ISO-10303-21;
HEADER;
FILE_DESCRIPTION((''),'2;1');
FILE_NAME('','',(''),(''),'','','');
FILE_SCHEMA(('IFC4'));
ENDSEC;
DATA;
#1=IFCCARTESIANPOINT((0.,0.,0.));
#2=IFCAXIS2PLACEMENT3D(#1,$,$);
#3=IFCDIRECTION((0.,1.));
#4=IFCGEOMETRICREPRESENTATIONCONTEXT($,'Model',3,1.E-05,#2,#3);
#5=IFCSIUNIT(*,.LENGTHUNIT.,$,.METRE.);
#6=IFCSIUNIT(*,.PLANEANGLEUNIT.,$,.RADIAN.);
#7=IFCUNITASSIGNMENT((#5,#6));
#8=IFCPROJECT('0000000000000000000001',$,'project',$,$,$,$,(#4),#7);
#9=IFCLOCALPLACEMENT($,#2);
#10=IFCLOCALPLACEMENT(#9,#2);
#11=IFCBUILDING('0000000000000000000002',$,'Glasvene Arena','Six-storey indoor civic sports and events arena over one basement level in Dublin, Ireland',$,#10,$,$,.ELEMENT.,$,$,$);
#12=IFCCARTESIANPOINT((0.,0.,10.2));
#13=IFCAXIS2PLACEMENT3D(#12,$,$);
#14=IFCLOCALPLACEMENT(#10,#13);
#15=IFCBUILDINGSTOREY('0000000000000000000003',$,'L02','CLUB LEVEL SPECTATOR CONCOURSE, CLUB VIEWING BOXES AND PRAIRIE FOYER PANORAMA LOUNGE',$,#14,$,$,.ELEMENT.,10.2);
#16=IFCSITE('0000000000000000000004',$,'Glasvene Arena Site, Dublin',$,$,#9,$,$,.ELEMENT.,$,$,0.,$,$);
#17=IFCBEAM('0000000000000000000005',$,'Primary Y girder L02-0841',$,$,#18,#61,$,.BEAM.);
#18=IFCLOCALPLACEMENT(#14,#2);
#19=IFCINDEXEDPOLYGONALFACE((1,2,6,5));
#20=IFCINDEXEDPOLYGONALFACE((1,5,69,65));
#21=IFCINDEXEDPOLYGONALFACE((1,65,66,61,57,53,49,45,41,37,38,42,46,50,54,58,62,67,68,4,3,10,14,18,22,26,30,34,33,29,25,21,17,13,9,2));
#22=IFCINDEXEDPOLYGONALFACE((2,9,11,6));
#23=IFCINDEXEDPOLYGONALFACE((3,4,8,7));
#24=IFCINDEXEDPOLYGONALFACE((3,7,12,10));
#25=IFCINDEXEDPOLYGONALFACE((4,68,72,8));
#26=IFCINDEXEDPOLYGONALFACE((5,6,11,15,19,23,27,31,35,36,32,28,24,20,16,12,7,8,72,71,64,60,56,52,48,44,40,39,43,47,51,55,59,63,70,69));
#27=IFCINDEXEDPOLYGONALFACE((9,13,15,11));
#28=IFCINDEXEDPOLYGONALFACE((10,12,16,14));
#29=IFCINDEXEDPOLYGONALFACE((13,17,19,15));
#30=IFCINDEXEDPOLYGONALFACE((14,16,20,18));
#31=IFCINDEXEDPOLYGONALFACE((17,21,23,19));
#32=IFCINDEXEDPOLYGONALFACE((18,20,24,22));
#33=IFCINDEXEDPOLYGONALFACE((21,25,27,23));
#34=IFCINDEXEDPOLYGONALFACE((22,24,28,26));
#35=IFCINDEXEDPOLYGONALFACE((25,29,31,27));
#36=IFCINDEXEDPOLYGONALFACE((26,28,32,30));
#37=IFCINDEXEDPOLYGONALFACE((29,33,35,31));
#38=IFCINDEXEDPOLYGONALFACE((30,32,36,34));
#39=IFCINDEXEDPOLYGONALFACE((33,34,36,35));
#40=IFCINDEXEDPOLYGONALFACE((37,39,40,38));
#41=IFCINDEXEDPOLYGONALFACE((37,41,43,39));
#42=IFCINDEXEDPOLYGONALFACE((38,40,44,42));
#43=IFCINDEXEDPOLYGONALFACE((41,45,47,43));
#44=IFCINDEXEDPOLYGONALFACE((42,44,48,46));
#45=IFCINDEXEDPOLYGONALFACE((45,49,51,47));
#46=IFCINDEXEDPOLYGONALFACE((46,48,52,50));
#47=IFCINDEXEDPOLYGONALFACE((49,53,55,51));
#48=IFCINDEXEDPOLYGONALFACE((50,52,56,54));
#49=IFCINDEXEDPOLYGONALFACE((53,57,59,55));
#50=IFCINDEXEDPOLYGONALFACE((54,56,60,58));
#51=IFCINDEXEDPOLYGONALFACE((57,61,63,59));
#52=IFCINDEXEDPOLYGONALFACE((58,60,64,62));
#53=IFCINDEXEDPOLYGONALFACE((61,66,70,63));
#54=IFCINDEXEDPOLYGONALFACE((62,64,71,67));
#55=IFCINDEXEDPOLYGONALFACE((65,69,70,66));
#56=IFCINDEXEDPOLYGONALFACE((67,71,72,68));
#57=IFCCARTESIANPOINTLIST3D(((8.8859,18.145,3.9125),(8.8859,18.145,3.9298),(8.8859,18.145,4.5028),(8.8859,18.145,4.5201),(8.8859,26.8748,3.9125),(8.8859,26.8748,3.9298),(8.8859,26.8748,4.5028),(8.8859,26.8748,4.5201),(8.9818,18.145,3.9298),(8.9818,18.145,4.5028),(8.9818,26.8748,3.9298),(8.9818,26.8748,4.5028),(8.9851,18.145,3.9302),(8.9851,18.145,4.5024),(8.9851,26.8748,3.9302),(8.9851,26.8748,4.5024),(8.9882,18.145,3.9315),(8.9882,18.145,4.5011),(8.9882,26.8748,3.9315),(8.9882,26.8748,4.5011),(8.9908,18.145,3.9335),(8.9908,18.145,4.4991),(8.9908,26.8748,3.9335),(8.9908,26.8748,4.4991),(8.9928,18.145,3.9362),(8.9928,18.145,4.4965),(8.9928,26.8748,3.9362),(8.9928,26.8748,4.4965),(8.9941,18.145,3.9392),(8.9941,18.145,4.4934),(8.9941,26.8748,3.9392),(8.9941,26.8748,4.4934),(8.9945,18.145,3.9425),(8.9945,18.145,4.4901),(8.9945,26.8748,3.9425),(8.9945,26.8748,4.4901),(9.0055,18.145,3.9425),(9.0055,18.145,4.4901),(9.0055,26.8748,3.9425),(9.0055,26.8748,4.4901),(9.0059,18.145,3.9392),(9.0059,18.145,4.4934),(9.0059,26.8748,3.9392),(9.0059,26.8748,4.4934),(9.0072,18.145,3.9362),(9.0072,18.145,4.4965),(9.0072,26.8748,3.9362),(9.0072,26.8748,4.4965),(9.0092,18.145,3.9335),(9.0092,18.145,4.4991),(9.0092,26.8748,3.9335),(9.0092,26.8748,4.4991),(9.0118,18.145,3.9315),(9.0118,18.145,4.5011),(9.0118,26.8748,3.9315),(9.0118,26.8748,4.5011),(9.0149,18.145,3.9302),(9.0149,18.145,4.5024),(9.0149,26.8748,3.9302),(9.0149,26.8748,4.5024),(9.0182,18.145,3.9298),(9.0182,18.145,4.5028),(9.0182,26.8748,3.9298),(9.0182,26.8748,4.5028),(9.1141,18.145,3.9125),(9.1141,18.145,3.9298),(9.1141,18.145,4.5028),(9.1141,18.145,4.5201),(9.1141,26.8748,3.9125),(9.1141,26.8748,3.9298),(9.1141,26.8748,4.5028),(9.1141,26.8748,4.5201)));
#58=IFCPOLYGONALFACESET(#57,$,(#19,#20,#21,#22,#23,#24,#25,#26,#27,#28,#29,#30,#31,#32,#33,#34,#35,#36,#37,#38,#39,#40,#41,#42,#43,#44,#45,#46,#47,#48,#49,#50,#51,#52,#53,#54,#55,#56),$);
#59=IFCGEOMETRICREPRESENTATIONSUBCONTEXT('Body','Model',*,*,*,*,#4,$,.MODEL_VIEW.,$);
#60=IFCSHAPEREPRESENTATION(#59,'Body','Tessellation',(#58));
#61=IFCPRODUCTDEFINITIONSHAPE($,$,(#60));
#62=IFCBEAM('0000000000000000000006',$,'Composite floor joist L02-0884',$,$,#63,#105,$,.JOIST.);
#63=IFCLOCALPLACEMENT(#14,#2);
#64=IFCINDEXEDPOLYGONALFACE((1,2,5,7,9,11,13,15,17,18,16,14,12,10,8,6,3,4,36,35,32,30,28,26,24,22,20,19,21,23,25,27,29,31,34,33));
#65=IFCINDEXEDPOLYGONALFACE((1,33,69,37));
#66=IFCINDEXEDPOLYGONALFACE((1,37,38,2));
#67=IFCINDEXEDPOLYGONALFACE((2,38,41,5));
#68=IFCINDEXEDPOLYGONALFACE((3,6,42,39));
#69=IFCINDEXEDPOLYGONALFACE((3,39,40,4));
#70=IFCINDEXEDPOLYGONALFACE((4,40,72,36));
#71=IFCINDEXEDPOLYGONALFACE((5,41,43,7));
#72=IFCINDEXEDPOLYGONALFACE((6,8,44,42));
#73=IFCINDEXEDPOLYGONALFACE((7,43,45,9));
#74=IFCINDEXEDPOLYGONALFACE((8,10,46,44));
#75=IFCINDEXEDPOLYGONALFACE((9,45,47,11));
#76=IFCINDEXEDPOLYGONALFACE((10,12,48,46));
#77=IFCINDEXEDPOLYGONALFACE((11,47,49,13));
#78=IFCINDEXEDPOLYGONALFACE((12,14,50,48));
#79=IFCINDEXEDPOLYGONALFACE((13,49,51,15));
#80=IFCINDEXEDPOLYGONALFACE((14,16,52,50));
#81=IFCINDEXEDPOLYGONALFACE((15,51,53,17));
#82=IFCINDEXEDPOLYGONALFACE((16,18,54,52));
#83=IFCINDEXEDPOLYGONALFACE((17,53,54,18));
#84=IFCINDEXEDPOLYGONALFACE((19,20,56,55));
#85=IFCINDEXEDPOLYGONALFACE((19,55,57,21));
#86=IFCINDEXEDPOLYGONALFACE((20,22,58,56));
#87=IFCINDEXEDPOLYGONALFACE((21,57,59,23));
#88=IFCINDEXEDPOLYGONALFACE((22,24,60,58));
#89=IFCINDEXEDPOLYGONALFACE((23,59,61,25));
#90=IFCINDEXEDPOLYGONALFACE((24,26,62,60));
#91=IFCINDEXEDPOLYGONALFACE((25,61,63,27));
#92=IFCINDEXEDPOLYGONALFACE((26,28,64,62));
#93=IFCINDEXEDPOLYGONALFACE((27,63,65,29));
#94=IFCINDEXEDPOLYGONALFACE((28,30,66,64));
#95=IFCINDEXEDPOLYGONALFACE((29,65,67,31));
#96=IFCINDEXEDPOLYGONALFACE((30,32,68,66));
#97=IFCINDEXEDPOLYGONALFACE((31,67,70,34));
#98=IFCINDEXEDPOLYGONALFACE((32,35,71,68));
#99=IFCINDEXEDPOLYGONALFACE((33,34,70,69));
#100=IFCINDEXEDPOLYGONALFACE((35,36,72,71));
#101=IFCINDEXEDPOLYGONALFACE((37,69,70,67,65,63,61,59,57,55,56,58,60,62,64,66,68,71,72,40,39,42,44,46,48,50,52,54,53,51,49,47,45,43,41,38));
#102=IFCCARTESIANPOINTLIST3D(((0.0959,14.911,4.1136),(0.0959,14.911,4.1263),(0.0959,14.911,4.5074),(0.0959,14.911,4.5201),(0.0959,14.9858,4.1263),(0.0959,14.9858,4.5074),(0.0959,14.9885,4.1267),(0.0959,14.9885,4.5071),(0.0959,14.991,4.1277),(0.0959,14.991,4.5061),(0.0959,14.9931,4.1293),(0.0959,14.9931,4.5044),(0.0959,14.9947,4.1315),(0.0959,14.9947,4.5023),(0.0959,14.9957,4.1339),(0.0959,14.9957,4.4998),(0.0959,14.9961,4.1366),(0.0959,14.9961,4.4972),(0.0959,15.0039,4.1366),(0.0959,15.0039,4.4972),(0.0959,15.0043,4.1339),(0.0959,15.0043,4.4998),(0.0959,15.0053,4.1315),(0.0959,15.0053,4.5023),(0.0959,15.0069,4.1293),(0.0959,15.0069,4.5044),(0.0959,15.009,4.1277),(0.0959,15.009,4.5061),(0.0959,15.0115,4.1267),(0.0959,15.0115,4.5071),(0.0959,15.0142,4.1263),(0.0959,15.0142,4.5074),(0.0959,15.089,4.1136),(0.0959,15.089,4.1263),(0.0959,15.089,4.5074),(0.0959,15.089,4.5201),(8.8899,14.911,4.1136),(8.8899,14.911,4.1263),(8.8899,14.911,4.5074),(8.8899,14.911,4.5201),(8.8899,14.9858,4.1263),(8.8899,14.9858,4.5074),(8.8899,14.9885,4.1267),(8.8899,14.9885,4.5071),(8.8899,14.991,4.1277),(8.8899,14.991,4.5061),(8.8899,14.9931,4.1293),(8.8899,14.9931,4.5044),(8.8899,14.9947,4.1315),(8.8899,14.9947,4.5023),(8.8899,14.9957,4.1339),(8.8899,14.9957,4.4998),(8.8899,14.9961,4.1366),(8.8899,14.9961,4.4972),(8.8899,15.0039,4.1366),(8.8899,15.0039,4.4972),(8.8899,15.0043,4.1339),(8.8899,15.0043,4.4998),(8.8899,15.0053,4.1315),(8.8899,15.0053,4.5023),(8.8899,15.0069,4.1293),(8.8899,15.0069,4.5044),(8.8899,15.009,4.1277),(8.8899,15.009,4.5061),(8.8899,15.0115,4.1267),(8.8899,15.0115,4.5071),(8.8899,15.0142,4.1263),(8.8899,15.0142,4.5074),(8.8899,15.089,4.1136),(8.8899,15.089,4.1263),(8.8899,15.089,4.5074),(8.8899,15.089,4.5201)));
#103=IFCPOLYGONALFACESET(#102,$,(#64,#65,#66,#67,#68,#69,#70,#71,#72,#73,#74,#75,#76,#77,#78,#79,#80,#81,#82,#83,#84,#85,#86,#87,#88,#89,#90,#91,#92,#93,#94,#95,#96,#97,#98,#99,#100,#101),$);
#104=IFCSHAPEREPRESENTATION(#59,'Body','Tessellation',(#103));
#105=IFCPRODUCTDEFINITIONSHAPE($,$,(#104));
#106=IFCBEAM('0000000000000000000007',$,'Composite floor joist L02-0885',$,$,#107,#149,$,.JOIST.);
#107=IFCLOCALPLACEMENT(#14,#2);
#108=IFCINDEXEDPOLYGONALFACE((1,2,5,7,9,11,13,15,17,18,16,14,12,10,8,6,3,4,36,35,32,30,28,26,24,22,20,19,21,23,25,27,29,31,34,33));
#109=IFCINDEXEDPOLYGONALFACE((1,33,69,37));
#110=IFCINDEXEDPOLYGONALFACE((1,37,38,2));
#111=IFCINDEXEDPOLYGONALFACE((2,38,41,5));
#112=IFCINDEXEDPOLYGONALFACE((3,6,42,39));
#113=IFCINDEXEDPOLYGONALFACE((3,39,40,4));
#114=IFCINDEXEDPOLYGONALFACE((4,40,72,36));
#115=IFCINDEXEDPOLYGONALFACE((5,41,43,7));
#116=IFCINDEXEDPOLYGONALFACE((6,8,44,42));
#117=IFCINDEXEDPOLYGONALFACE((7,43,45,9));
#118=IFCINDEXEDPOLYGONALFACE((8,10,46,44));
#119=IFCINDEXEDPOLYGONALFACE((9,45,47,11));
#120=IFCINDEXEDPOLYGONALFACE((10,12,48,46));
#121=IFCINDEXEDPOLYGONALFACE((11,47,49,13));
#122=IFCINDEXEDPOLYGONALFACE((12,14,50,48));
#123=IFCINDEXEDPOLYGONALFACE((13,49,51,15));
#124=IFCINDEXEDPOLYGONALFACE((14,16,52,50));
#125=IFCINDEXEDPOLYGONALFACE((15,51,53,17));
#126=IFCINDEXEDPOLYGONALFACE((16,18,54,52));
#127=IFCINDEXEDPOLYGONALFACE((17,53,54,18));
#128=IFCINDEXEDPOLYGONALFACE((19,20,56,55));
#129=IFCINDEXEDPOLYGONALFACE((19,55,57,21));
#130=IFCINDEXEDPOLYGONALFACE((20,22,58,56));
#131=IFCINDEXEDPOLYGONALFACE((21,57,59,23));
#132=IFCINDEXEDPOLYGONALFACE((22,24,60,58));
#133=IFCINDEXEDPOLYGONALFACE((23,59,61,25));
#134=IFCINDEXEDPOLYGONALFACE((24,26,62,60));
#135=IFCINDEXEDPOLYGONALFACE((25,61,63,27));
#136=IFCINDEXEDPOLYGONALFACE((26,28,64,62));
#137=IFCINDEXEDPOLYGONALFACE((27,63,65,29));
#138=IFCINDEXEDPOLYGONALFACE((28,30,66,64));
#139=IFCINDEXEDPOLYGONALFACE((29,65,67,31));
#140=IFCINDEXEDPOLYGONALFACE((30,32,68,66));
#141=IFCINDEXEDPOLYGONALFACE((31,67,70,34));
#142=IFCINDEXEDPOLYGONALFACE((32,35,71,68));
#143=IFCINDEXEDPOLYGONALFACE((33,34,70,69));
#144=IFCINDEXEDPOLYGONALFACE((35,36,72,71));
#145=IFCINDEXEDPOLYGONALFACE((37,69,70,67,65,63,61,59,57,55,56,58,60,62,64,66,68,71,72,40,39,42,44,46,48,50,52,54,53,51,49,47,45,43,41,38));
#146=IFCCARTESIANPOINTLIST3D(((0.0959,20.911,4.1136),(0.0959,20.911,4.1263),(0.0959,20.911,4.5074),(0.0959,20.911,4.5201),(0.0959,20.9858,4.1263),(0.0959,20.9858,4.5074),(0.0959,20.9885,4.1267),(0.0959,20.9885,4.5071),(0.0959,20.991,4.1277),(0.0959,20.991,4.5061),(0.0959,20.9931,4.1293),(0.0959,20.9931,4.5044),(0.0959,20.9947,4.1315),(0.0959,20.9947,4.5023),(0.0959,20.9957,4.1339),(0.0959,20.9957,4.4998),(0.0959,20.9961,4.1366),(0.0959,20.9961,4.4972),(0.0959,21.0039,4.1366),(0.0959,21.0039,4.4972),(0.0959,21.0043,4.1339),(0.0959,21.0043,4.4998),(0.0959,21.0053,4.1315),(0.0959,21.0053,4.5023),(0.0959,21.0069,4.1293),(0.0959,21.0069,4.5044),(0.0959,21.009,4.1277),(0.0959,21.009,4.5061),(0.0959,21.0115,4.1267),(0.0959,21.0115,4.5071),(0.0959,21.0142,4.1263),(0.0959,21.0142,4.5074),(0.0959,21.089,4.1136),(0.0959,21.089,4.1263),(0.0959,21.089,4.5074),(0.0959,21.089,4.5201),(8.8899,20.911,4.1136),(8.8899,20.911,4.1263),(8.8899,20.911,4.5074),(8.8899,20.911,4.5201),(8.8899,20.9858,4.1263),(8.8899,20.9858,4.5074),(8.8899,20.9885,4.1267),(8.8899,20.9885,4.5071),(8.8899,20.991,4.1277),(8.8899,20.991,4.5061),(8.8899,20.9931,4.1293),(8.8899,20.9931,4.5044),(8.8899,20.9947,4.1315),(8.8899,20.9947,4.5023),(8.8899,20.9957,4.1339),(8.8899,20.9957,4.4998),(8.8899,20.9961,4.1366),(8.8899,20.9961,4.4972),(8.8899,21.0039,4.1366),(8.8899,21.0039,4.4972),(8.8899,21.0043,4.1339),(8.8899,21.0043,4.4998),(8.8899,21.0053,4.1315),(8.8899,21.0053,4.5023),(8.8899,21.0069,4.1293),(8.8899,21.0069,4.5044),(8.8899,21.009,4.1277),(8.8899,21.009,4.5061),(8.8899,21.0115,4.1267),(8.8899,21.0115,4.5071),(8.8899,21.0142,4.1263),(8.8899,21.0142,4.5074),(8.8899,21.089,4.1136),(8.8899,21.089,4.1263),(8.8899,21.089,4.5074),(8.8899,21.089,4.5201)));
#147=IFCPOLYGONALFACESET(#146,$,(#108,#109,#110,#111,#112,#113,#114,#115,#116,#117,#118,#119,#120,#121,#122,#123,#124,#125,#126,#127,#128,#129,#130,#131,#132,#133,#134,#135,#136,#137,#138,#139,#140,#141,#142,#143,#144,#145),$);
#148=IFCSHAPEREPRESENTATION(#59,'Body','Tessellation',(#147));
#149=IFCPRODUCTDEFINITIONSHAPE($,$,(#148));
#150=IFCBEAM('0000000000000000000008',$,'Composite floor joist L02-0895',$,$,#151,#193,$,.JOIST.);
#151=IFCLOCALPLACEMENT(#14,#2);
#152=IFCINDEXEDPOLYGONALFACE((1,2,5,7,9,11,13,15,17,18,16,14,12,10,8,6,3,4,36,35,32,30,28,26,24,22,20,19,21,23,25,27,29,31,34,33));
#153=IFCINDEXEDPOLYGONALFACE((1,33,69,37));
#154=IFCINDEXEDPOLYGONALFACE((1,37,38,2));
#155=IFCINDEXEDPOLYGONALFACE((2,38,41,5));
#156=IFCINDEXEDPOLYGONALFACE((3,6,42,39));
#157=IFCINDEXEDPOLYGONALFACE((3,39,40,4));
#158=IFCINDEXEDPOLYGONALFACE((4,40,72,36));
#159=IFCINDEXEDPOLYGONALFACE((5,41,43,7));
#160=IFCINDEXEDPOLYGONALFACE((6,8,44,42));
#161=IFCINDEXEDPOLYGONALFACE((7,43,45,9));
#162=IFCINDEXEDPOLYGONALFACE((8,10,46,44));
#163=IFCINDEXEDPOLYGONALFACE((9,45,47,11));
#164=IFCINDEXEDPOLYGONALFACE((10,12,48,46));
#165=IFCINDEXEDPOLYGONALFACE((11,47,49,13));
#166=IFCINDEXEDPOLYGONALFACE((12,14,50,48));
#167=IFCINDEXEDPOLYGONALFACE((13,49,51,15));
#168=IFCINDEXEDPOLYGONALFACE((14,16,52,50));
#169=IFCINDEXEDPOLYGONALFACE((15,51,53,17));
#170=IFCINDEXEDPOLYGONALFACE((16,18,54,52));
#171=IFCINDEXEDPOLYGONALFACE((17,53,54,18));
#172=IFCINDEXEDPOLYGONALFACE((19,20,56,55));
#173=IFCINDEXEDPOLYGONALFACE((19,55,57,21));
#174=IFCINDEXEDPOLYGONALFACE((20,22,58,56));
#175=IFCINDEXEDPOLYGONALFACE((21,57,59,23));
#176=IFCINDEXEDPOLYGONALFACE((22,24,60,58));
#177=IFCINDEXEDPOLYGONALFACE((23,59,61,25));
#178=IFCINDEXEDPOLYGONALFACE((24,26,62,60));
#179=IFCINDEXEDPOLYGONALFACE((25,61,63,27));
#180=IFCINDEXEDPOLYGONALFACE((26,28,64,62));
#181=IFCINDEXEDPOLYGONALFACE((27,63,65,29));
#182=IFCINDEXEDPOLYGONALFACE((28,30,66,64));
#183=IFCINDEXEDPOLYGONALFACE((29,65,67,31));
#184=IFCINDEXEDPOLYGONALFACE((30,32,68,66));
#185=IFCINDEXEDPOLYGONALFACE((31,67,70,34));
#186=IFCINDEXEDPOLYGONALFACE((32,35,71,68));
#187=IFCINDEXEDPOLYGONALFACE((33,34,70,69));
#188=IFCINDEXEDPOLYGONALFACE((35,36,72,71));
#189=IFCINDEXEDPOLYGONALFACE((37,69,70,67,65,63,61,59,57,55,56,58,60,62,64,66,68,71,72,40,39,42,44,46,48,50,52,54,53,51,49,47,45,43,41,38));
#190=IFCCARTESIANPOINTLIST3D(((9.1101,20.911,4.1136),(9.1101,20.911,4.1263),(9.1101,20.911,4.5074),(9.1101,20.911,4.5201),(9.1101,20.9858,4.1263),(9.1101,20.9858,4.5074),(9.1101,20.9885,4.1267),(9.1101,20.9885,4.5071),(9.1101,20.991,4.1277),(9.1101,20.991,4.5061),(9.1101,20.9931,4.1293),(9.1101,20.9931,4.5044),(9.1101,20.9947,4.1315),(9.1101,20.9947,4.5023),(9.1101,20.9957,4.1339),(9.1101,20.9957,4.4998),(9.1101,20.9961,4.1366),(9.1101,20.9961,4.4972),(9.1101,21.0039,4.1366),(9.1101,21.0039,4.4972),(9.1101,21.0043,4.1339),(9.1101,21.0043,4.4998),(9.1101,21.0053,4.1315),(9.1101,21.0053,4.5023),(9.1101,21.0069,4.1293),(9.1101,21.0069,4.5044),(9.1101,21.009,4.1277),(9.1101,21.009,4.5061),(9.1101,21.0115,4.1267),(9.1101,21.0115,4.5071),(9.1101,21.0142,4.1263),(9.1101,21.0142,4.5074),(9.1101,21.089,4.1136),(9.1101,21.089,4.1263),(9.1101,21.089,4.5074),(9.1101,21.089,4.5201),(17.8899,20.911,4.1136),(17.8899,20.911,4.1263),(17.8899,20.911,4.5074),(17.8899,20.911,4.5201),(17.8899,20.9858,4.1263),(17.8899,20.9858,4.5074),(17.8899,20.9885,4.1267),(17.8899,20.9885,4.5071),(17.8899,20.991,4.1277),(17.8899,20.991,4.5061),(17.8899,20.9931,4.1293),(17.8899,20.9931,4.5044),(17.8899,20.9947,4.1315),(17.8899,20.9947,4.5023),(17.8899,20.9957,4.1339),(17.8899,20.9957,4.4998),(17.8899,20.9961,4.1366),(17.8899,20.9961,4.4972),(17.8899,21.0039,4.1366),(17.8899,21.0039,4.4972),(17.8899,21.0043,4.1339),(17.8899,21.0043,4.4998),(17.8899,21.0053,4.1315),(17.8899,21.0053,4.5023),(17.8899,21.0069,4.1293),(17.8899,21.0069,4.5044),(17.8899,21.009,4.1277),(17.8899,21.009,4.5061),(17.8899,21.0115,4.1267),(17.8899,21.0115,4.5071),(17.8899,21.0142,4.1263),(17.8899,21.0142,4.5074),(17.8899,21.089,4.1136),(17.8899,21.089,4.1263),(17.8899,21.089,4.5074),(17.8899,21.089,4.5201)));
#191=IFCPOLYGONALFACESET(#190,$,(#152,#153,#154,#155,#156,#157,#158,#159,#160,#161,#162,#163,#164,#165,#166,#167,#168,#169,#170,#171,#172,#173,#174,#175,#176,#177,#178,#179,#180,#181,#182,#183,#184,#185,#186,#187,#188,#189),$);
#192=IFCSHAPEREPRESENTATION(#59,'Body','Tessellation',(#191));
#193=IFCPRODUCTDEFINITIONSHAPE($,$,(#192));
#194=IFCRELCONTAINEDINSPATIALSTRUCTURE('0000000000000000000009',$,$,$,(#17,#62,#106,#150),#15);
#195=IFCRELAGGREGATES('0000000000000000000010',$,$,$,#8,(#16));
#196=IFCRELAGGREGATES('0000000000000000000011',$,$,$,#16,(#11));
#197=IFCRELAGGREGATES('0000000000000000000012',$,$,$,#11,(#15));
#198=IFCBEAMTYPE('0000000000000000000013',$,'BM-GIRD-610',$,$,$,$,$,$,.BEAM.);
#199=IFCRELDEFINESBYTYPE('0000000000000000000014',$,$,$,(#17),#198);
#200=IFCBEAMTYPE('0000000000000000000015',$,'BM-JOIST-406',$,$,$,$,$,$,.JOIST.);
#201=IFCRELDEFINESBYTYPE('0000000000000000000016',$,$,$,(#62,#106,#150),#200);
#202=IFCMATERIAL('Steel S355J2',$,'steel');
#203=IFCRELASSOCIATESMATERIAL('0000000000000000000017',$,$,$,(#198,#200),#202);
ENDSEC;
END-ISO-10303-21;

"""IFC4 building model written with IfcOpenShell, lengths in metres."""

from ifc_helpers import new_model, si_unit, direction, frame, origin, origin_2d, place, context, subcontext, project, spatial, i_section, extrude, material, material_profile, profile_set, type_object, element, save


model = new_model("IFC4")

# Units and contexts
model_context = context("Model", 3, precision=1e-05, world=origin(), true_north=direction((0.0, 1.0)))
body_context = subcontext(model_context, "Body", "Model", "MODEL_VIEW")
ifc_project = project(units=[si_unit("LENGTHUNIT", "METRE"), si_unit("PLANEANGLEUNIT", "RADIAN")], contexts=[model_context])

# Site, building, storey
site_placement = place(None, origin())
site = spatial("IfcSite", under=ifc_project, at=site_placement, Name="Glasvene Arena Site, Dublin", CompositionType="ELEMENT", RefElevation=0.0)
building_placement = place(site_placement, origin())
building = spatial("IfcBuilding", under=site, at=building_placement, Name="Glasvene Arena", Description="Six-storey indoor civic sports and events arena over one basement level in Dublin, Ireland", CompositionType="ELEMENT")
storey_placement = place(building_placement, frame((0.0, 0.0, 10.2)))
storey = spatial("IfcBuildingStorey", under=building, at=storey_placement, Name="L02", Description="CLUB LEVEL SPECTATOR CONCOURSE, CLUB VIEWING BOXES AND PRAIRIE FOYER PANORAMA LOUNGE", CompositionType="ELEMENT", Elevation=10.2)

# Shared definitions
ifc_material_1 = material(Name="Steel S355J2", Category="steel")

# Beams
ifc_material_profile_1 = material_profile(ifc_material_1, i_section(OverallWidth=0.2283, OverallDepth=0.6077, WebThickness=0.011, FlangeThickness=0.0173, FilletRadius=0.0127, at=origin_2d()), Name="UKB 610x229x113")
ifc_profile_set_1 = profile_set([ifc_material_profile_1], Name="Steel S355J2")
beam_type_1 = type_object("IfcBeamType", Name="BM-GIRD-610", PredefinedType="BEAM", material=ifc_profile_set_1)
beam_1_placement = place(storey_placement, frame((9.0, 18.145, 4.2163), z_axis=(0.0, 1.0, 0.0), x_axis=(-1.0, 0.0, 0.0)))
element("IfcBeam", 1, at=beam_1_placement, inside=storey, type_object=beam_type_1, Name="Primary Y girder L02-0841", PredefinedType="BEAM", context=body_context, shape_type="SweptSolid", body=[
    extrude(i_section(OverallWidth=0.2283, OverallDepth=0.6077, WebThickness=0.011, FlangeThickness=0.0173, FilletRadius=0.0127, at=origin_2d()), origin(), (0.0, 0.0, 1.0), 8.7297),
])
ifc_material_profile_2 = material_profile(ifc_material_1, i_section(OverallWidth=0.178, OverallDepth=0.4065, WebThickness=0.0078, FlangeThickness=0.0127, FilletRadius=0.0103, at=origin_2d()), Name="UKB 406x178x60")
ifc_profile_set_2 = profile_set([ifc_material_profile_2], Name="Steel S355J2")
beam_type_2 = type_object("IfcBeamType", Name="BM-JOIST-406", PredefinedType="JOIST", material=ifc_profile_set_2)
for number, where, z_axis, x_axis, name in (
    (2, (0.0959, 15.0, 4.3169), (1.0, 0.0, 0.0), (0.0, 1.0, 0.0), "Composite floor joist L02-0884"),
    (3, (0.0959, 21.0, 4.3169), (1.0, 0.0, 0.0), (0.0, 1.0, 0.0), "Composite floor joist L02-0885"),
):
    element("IfcBeam", number, at=place(storey_placement, frame(where, z_axis=z_axis, x_axis=x_axis)), inside=storey, type_object=beam_type_2, Name=name, PredefinedType="JOIST", context=body_context, shape_type="SweptSolid", body=[
        extrude(i_section(OverallWidth=0.178, OverallDepth=0.4065, WebThickness=0.0078, FlangeThickness=0.0127, FilletRadius=0.0103, at=origin_2d()), origin(), (0.0, 0.0, 1.0), 8.7939),
    ])
beam_2_placement = place(storey_placement, frame((9.1101, 21.0, 4.3169), z_axis=(1.0, 0.0, 0.0), x_axis=(0.0, 1.0, 0.0)))
element("IfcBeam", 4, at=beam_2_placement, inside=storey, type_object=beam_type_2, Name="Composite floor joist L02-0895", PredefinedType="JOIST", context=body_context, shape_type="SweptSolid", body=[
    extrude(i_section(OverallWidth=0.178, OverallDepth=0.4065, WebThickness=0.0078, FlangeThickness=0.0127, FilletRadius=0.0103, at=origin_2d()), origin(), (0.0, 0.0, 1.0), 8.7798),
])

save(model, "model.ifc")
